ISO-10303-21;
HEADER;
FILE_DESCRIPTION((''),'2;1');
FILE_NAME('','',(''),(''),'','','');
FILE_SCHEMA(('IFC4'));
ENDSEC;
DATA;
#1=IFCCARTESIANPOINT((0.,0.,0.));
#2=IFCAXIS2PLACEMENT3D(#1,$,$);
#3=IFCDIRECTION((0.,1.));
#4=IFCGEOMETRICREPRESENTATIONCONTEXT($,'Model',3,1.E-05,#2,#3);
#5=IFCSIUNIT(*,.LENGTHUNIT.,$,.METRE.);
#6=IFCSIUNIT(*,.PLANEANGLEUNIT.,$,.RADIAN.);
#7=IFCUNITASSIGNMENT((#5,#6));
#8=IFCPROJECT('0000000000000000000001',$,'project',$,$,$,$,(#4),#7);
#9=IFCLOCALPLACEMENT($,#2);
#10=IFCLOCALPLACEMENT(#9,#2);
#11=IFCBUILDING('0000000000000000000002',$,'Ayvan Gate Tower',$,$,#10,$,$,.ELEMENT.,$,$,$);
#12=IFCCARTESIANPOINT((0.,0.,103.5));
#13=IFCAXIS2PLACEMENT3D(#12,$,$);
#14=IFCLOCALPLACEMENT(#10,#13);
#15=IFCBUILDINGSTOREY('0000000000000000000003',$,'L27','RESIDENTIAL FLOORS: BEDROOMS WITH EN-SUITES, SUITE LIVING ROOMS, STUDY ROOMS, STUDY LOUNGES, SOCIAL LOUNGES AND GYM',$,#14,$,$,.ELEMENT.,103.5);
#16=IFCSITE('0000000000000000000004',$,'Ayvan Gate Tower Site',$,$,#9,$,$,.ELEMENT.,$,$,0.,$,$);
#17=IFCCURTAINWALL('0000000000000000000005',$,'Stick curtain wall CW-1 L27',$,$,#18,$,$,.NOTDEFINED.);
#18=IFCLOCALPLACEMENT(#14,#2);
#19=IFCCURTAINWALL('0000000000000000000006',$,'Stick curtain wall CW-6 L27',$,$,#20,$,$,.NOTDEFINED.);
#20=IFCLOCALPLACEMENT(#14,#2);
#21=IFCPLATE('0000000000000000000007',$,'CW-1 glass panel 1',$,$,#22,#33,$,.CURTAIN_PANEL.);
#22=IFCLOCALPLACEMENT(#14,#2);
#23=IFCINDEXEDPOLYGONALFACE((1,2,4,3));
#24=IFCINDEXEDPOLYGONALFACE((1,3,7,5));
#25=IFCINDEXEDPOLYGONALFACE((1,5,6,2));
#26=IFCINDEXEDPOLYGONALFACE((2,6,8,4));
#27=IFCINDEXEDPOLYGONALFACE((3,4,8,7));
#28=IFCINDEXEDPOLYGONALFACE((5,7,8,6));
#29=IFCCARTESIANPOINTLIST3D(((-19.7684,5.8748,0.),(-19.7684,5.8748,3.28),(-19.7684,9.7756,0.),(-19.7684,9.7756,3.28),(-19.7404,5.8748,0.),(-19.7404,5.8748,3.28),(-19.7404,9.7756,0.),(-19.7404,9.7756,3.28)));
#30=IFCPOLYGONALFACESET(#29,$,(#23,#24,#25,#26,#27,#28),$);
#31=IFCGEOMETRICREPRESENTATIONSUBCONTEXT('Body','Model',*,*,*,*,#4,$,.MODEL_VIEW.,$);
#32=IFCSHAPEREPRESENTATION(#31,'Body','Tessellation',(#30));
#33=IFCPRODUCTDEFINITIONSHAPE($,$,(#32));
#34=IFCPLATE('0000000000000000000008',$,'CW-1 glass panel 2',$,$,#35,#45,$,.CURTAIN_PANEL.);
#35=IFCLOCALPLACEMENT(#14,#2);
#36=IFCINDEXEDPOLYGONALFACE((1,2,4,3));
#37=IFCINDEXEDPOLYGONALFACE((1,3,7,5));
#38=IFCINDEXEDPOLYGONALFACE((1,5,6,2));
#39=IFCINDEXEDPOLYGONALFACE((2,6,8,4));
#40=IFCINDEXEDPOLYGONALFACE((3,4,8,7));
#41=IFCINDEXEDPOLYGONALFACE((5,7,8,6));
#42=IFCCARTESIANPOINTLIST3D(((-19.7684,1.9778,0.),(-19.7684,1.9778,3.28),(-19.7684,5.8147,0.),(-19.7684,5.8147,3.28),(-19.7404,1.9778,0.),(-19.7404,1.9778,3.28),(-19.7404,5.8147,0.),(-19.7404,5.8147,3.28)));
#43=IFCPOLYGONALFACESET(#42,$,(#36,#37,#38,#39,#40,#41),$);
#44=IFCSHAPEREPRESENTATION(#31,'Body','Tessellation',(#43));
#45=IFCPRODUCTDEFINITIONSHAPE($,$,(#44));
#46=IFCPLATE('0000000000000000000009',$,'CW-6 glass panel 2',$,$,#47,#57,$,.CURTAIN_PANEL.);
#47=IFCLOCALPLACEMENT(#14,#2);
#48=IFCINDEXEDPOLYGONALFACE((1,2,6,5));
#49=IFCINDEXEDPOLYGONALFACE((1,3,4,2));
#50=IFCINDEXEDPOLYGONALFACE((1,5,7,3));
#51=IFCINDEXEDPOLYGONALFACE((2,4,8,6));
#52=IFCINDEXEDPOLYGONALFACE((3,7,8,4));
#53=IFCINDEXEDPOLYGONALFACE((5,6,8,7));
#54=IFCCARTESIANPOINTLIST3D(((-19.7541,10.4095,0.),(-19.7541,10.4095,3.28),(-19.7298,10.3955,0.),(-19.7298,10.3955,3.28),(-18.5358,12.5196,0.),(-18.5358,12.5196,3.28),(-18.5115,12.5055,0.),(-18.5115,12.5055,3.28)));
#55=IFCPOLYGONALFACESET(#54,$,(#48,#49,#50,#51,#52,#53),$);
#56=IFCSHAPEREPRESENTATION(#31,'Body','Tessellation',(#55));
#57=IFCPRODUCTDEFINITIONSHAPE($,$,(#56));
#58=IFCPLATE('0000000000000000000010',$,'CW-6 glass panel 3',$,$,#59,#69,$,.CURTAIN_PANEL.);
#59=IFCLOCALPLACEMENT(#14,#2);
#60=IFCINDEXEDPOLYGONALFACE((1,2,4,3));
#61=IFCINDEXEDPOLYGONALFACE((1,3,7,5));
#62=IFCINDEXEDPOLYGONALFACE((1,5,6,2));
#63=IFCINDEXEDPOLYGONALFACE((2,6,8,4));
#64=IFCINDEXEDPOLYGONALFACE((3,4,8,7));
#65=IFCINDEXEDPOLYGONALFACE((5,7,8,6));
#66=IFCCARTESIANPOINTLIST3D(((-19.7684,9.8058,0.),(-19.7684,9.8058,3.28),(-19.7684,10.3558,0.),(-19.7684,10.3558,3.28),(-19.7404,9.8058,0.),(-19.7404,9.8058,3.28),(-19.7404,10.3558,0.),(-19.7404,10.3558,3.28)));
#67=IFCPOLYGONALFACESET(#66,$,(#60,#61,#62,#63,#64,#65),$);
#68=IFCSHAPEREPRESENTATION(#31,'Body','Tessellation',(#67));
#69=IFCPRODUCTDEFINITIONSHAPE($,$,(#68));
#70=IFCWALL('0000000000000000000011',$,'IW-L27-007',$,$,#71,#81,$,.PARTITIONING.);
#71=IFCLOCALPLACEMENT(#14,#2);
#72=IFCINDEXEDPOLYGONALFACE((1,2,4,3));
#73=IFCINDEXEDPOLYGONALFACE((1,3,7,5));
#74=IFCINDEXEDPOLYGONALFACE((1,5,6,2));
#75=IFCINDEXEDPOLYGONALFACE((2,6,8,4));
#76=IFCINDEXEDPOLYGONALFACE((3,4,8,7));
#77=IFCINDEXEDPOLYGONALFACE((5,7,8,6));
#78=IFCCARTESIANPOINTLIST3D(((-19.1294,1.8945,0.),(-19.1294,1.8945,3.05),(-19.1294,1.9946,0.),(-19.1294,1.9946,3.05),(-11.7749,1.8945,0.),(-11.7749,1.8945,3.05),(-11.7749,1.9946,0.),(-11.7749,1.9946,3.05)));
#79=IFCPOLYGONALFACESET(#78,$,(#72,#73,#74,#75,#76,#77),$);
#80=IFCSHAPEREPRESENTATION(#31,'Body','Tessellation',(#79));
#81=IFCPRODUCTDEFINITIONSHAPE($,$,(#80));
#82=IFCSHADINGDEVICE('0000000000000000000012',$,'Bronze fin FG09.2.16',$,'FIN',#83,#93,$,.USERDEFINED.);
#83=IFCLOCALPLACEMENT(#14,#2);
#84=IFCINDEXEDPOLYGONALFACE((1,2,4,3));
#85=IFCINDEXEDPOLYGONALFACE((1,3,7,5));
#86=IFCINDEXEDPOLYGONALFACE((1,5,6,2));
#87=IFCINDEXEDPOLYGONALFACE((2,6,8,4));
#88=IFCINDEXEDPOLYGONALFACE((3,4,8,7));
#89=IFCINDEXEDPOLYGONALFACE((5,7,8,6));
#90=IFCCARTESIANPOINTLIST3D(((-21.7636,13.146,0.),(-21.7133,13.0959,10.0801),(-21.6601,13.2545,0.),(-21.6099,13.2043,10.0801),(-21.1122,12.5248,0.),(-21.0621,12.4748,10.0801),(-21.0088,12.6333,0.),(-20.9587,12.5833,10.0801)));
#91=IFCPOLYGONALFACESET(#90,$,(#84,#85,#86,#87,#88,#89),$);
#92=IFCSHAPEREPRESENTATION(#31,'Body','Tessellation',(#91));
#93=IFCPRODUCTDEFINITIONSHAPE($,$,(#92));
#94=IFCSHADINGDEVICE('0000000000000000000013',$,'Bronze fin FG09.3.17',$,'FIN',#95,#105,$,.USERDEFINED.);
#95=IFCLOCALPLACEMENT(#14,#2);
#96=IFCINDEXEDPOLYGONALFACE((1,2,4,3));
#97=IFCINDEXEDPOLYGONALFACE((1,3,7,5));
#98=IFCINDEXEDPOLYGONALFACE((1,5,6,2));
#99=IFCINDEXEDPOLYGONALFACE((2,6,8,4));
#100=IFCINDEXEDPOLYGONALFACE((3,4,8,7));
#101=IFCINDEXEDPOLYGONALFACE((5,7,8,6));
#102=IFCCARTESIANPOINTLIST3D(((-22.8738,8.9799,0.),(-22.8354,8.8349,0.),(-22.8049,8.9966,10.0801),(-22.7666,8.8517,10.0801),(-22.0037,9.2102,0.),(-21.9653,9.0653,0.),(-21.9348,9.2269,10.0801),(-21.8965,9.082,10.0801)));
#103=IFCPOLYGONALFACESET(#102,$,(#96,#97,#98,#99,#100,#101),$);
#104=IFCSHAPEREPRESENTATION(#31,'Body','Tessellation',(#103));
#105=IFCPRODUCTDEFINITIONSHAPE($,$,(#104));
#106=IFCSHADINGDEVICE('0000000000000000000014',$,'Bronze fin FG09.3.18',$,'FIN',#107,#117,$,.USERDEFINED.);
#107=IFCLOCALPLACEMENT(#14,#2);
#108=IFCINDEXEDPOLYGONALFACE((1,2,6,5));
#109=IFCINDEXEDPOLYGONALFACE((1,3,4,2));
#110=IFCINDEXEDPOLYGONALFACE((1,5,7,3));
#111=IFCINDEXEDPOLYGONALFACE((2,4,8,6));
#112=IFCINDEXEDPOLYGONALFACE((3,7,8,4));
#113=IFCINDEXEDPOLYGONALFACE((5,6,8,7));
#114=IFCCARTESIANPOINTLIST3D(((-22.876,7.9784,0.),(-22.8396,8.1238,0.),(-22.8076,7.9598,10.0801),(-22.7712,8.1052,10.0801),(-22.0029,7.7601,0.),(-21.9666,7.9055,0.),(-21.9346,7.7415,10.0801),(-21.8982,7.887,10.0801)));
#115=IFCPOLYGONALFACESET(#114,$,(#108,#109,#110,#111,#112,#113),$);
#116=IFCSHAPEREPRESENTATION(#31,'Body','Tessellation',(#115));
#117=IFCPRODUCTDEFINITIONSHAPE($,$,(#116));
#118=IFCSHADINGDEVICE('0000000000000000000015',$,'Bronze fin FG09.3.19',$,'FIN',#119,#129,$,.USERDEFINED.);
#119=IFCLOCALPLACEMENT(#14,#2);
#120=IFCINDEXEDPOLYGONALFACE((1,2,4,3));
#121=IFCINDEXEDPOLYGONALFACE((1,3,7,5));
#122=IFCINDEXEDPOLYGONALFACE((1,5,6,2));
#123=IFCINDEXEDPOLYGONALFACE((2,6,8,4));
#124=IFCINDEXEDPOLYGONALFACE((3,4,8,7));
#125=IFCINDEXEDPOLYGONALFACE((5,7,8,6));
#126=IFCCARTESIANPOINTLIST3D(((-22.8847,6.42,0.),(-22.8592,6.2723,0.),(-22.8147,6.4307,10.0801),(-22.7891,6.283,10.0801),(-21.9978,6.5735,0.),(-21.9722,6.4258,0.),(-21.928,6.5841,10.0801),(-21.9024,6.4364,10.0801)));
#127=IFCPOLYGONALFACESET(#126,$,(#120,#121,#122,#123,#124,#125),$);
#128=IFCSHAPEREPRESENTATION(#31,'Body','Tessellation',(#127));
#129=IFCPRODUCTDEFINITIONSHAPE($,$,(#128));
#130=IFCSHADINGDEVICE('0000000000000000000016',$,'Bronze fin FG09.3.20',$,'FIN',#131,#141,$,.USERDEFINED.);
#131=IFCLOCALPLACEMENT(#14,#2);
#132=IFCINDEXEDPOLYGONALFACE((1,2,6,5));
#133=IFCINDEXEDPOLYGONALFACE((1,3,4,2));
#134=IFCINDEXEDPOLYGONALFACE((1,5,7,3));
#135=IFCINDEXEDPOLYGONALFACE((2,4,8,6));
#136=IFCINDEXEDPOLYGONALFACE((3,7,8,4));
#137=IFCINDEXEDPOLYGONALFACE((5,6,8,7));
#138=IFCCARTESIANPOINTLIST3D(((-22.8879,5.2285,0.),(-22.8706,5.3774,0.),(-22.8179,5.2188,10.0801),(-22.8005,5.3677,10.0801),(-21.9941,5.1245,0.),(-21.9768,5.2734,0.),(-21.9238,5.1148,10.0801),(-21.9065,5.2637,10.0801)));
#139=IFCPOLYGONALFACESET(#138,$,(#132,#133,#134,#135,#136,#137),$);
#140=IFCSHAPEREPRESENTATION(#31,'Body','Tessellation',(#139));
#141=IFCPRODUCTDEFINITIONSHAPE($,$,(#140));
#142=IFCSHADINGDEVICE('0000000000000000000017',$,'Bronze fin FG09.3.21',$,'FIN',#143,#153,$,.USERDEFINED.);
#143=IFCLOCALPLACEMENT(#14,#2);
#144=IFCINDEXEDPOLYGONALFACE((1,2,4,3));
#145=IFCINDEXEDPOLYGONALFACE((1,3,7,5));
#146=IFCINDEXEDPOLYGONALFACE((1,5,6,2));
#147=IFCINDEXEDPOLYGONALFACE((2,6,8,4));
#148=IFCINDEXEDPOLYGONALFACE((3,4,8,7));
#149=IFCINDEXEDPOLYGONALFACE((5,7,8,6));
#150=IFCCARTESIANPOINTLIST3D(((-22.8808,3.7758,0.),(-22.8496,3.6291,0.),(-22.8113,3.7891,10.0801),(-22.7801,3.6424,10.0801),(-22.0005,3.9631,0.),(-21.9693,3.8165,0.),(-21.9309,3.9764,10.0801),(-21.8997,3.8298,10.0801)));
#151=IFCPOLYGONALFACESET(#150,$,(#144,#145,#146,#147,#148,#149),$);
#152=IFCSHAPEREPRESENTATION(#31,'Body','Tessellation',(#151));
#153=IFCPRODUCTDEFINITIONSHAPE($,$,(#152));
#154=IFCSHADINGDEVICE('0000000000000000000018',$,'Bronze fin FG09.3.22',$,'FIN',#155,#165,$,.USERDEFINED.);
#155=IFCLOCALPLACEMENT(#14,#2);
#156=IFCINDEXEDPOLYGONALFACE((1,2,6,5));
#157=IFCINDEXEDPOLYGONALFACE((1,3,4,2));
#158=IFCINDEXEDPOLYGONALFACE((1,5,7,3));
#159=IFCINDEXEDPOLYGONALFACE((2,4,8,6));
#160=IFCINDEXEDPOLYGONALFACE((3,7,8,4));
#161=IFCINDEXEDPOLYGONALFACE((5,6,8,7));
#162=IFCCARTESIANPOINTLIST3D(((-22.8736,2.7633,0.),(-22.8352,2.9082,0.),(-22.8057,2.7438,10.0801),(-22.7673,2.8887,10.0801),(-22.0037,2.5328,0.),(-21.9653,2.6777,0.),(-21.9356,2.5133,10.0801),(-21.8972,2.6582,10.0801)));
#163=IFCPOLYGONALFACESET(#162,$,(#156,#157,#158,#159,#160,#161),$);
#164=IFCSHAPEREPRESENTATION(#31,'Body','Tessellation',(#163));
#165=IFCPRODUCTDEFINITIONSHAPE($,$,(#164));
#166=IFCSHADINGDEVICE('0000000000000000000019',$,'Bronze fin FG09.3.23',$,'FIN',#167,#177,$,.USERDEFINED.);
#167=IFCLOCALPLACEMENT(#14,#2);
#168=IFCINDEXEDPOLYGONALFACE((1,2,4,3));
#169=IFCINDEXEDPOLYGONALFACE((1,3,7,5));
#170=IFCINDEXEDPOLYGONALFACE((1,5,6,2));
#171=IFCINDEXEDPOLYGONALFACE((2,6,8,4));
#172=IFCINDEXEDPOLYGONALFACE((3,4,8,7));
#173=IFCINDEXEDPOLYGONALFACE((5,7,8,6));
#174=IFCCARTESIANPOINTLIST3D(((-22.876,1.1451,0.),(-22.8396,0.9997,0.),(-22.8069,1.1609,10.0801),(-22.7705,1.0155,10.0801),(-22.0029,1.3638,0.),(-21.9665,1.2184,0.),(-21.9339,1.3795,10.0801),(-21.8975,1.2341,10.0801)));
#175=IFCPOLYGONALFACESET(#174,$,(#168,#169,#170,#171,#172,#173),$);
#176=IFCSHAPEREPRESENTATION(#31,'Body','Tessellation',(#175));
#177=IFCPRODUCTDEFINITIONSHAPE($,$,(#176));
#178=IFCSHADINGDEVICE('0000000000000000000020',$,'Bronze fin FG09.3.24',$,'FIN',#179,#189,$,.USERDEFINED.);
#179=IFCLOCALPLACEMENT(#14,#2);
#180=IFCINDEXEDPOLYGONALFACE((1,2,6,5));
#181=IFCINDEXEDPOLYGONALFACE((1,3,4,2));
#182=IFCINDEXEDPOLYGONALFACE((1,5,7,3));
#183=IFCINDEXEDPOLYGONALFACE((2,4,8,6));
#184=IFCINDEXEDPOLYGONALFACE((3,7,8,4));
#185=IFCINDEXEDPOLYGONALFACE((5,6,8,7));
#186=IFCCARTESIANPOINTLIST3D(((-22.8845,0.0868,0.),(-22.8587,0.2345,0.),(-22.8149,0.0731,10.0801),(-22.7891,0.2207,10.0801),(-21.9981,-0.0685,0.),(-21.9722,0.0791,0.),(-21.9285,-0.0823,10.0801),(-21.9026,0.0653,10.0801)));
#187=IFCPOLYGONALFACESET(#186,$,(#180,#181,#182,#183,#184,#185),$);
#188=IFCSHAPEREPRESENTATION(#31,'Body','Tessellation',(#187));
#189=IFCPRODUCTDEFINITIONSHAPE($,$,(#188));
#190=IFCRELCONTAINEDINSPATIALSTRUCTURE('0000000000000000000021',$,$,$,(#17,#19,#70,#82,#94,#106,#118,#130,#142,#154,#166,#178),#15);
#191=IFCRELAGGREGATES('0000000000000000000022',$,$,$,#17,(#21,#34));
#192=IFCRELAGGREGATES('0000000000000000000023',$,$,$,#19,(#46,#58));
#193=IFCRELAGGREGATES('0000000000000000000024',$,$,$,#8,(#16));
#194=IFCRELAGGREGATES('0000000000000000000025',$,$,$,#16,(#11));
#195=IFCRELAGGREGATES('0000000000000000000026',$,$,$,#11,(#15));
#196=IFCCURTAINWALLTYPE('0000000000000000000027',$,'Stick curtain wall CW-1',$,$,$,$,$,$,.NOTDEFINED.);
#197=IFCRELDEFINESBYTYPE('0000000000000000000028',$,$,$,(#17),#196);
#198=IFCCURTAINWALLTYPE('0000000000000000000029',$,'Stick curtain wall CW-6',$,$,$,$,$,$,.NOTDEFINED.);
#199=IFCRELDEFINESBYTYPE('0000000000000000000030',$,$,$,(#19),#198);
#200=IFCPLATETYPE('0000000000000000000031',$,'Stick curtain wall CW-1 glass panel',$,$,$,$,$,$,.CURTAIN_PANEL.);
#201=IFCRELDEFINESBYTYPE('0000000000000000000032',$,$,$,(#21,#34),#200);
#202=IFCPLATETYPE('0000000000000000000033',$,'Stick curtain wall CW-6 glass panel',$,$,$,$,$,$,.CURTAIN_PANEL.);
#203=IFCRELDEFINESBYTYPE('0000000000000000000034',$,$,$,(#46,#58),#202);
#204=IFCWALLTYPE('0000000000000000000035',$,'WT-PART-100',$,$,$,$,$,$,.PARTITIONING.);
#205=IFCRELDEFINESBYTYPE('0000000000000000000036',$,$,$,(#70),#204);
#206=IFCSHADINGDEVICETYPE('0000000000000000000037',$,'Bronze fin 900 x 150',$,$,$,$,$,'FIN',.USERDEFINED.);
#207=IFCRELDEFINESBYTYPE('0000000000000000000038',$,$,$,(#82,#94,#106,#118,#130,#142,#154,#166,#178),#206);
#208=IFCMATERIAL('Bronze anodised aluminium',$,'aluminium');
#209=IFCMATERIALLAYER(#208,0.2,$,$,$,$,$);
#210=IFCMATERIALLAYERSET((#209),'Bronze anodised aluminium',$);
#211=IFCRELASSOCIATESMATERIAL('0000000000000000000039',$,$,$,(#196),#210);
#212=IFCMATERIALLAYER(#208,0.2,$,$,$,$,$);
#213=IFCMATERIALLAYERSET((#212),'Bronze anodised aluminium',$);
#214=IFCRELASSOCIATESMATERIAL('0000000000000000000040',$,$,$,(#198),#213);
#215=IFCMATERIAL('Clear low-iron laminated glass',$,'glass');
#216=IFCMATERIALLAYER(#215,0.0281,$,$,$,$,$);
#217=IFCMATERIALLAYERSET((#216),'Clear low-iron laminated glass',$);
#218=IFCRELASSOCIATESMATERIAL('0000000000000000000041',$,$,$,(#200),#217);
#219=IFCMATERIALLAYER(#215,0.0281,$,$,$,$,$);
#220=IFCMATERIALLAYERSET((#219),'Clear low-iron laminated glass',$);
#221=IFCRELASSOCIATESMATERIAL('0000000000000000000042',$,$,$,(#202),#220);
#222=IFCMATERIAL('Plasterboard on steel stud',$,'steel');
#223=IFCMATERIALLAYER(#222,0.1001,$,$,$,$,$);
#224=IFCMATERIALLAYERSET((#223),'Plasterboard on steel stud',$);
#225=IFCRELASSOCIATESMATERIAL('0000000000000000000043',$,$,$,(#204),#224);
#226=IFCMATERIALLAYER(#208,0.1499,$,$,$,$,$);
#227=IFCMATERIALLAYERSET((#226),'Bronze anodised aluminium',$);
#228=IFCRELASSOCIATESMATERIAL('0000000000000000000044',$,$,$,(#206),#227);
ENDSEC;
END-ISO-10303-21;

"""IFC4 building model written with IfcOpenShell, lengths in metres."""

from ifc_helpers import new_model, si_unit, direction, frame, frame_2d, origin, origin_2d, place, context, subcontext, project, spatial, polyline, rectangle, outline, extrude, material, layer, layer_set, type_object, element, aggregate, save


model = new_model("IFC4")

# Units and contexts
model_context = context("Model", 3, precision=1e-05, world=origin(), true_north=direction((0.0, 1.0)))
body_context = subcontext(model_context, "Body", "Model", "MODEL_VIEW")
ifc_project = project(units=[si_unit("LENGTHUNIT", "METRE"), si_unit("PLANEANGLEUNIT", "RADIAN")], contexts=[model_context])

# Site, building, storey
site_placement = place(None, origin())
site = spatial("IfcSite", under=ifc_project, at=site_placement, Name="Ayvan Gate Tower Site", CompositionType="ELEMENT", RefElevation=0.0)
building_placement = place(site_placement, origin())
building = spatial("IfcBuilding", under=site, at=building_placement, Name="Ayvan Gate Tower", CompositionType="ELEMENT")
storey_placement = place(building_placement, frame((0.0, 0.0, 103.5)))
storey = spatial("IfcBuildingStorey", under=building, at=storey_placement, Name="L27", Description="RESIDENTIAL FLOORS: BEDROOMS WITH EN-SUITES, SUITE LIVING ROOMS, STUDY ROOMS, STUDY LOUNGES, SOCIAL LOUNGES AND GYM", CompositionType="ELEMENT", Elevation=103.5)

# Curtain walls
ifc_material_1 = material(Name="Bronze anodised aluminium", Category="aluminium")
ifc_layer_1 = layer(ifc_material_1, 0.2)
ifc_layer_set_1 = layer_set([ifc_layer_1], Name="Bronze anodised aluminium")
curtain_wall_type_1 = type_object("IfcCurtainWallType", Name="Stick curtain wall CW-1", PredefinedType="NOTDEFINED", material=ifc_layer_set_1)
curtain_wall_1_placement = place(storey_placement, origin())
curtain_wall_1 = element("IfcCurtainWall", 1, at=curtain_wall_1_placement, inside=storey, type_object=curtain_wall_type_1, Name="Stick curtain wall CW-1 L27", PredefinedType="NOTDEFINED")
ifc_layer_2 = layer(ifc_material_1, 0.2)
ifc_layer_set_2 = layer_set([ifc_layer_2], Name="Bronze anodised aluminium")
curtain_wall_type_2 = type_object("IfcCurtainWallType", Name="Stick curtain wall CW-6", PredefinedType="NOTDEFINED", material=ifc_layer_set_2)
curtain_wall_2_placement = place(storey_placement, origin())
curtain_wall_2 = element("IfcCurtainWall", 2, at=curtain_wall_2_placement, inside=storey, type_object=curtain_wall_type_2, Name="Stick curtain wall CW-6 L27", PredefinedType="NOTDEFINED")

# Plates
ifc_material_2 = material(Name="Clear low-iron laminated glass", Category="glass")
ifc_layer_3 = layer(ifc_material_2, 0.0281)
ifc_layer_set_3 = layer_set([ifc_layer_3], Name="Clear low-iron laminated glass")
plate_type_1 = type_object("IfcPlateType", Name="Stick curtain wall CW-1 glass panel", PredefinedType="CURTAIN_PANEL", material=ifc_layer_set_3)
plate_1_placement = place(storey_placement, frame((-19.7544, 7.8252, 0.0), z_axis=(0.0, 0.0, 1.0), x_axis=(0.0, -1.0, 0.0)))
plate_1 = element("IfcPlate", 3, at=plate_1_placement, type_object=plate_type_1, Name="CW-1 glass panel 1", PredefinedType="CURTAIN_PANEL", context=body_context, shape_type="SweptSolid", body=[
    extrude(rectangle(XDim=3.9009, YDim=0.0281, at=origin_2d()), origin(), (0.0, 0.0, 1.0), 3.28),
])
plate_2_placement = place(storey_placement, frame((-19.7544, 3.8962, 0.0), z_axis=(0.0, 0.0, 1.0), x_axis=(0.0, -1.0, 0.0)))
plate_2 = element("IfcPlate", 4, at=plate_2_placement, type_object=plate_type_1, Name="CW-1 glass panel 2", PredefinedType="CURTAIN_PANEL", context=body_context, shape_type="SweptSolid", body=[
    extrude(rectangle(XDim=3.8369, YDim=0.0281, at=origin_2d()), origin(), (0.0, 0.0, 1.0), 3.28),
])
aggregate(curtain_wall_1, [plate_1, plate_2])
ifc_layer_4 = layer(ifc_material_2, 0.0281)
ifc_layer_set_4 = layer_set([ifc_layer_4], Name="Clear low-iron laminated glass")
plate_type_2 = type_object("IfcPlateType", Name="Stick curtain wall CW-6 glass panel", PredefinedType="CURTAIN_PANEL", material=ifc_layer_set_4)
plate_3_placement = place(storey_placement, frame((-19.1328, 11.4575, 0.0), z_axis=(0.0, 0.0, 1.0), x_axis=(-0.5, -0.866025, 0.0)))
plate_3 = element("IfcPlate", 5, at=plate_3_placement, type_object=plate_type_2, Name="CW-6 glass panel 2", PredefinedType="CURTAIN_PANEL", context=body_context, shape_type="SweptSolid", body=[
    extrude(rectangle(XDim=2.4365, YDim=0.0281, at=origin_2d()), origin(), (0.0, 0.0, 1.0), 3.28),
])
plate_4_placement = place(storey_placement, frame((-19.7544, 10.0808, 0.0), z_axis=(0.0, 0.0, 1.0), x_axis=(0.0, -1.0, 0.0)))
plate_4 = element("IfcPlate", 6, at=plate_4_placement, type_object=plate_type_2, Name="CW-6 glass panel 3", PredefinedType="CURTAIN_PANEL", context=body_context, shape_type="SweptSolid", body=[
    extrude(rectangle(XDim=0.55, YDim=0.0281, at=origin_2d()), origin(), (0.0, 0.0, 1.0), 3.28),
])
aggregate(curtain_wall_2, [plate_3, plate_4])

# Wall
ifc_material_3 = material(Name="Plasterboard on steel stud", Category="steel")
ifc_layer_5 = layer(ifc_material_3, 0.1001)
ifc_layer_set_5 = layer_set([ifc_layer_5], Name="Plasterboard on steel stud")
wall_type = type_object("IfcWallType", Name="WT-PART-100", PredefinedType="PARTITIONING", material=ifc_layer_set_5)
wall_placement = place(storey_placement, frame((-19.1294, 1.9446, 0.0), z_axis=(0.0, 0.0, 1.0), x_axis=(1.0, 0.0, 0.0)))
element("IfcWall", 7, at=wall_placement, inside=storey, type_object=wall_type, Name="IW-L27-007", PredefinedType="PARTITIONING", context=body_context, shape_type="SweptSolid", body=[
    extrude(rectangle(XDim=7.3545, YDim=0.1001, at=frame_2d((3.6772, 0.0))), origin(), (0.0, 0.0, 1.0), 3.05),
])

# Shading devices
ifc_layer_6 = layer(ifc_material_1, 0.1499)
ifc_layer_set_6 = layer_set([ifc_layer_6], Name="Bronze anodised aluminium")
shading_device_type = type_object("IfcShadingDeviceType", Name="Bronze fin 900 x 150", ElementType="FIN", PredefinedType="USERDEFINED", material=ifc_layer_set_6)
shading_device_1_placement = place(storey_placement, frame((-21.0088, 12.6333, 0.0), z_axis=(0.690156, 0.72366, 0.000158), x_axis=(-0.72366, 0.690156, 0.0)))
element("IfcShadingDevice", 8, at=shading_device_1_placement, inside=storey, type_object=shading_device_type, Name="Bronze fin FG09.2.16", ObjectType="FIN", PredefinedType="USERDEFINED", context=body_context, shape_type="SweptSolid", body=[
    extrude(outline(polyline([(0.0, 0.0), (0.9, 0.0), (0.8291, 10.0801), (-0.0708, 10.0801), (0.0, 0.0)])), origin(), (0.0, 0.0, -1.0), 0.1499),
])
shading_device_2_placement = place(storey_placement, frame((-22.0037, 9.2102, 0.0), z_axis=(-0.255915, 0.966699, 0.000144), x_axis=(-0.966699, -0.255915, 0.0)))
element("IfcShadingDevice", 9, at=shading_device_2_placement, inside=storey, type_object=shading_device_type, Name="Bronze fin FG09.3.17", ObjectType="FIN", PredefinedType="USERDEFINED", context=body_context, shape_type="SweptSolid", body=[
    extrude(outline(polyline([(0.0, 0.0), (0.9001, 0.0), (0.8293, 10.0801), (-0.0708, 10.0801), (0.0, 0.0)])), origin(), (0.0, 0.0, -1.0), 0.1499),
])
shading_device_3_placement = place(storey_placement, frame((-21.9666, 7.9055, 0.0), z_axis=(0.242536, 0.970142, 0.000141), x_axis=(-0.970143, 0.242536, 0.0)))
element("IfcShadingDevice", 10, at=shading_device_3_placement, inside=storey, type_object=shading_device_type, Name="Bronze fin FG09.3.18", ObjectType="FIN", PredefinedType="USERDEFINED", context=body_context, shape_type="SweptSolid", body=[
    extrude(outline(polyline([(0.0, 0.0), (0.8999, 0.0), (0.8291, 10.0801), (-0.0708, 10.0801), (0.0, 0.0)])), origin(), (0.0, 0.0, -1.0), 0.1499),
])
shading_device_4_placement = place(storey_placement, frame((-21.9978, 6.5735, 0.0), z_axis=(-0.170488, 0.98536, 0.000145), x_axis=(-0.98536, -0.170488, 0.0)))
element("IfcShadingDevice", 11, at=shading_device_4_placement, inside=storey, type_object=shading_device_type, Name="Bronze fin FG09.3.19", ObjectType="FIN", PredefinedType="USERDEFINED", context=body_context, shape_type="SweptSolid", body=[
    extrude(outline(polyline([(0.0, 0.0), (0.9001, 0.0), (0.8293, 10.0801), (-0.0706, 10.0801), (0.0, 0.0)])), origin(), (0.0, 0.0, -1.0), 0.1499),
])
shading_device_5_placement = place(storey_placement, frame((-21.9768, 5.2734, 0.0), z_axis=(0.115566, 0.9933, 0.000158), x_axis=(-0.9933, 0.115566, 0.0)))
element("IfcShadingDevice", 12, at=shading_device_5_placement, inside=storey, type_object=shading_device_type, Name="Bronze fin FG09.3.20", ObjectType="FIN", PredefinedType="USERDEFINED", context=body_context, shape_type="SweptSolid", body=[
    extrude(outline(polyline([(0.0, 0.0), (0.8998, 0.0), (0.8291, 10.0801), (-0.071, 10.0801), (0.0, 0.0)])), origin(), (0.0, 0.0, -1.0), 0.1499),
])
shading_device_6_placement = place(storey_placement, frame((-22.0005, 3.9631, 0.0), z_axis=(-0.208177, 0.978091, 0.000146), x_axis=(-0.978091, -0.208177, 0.0)))
element("IfcShadingDevice", 13, at=shading_device_6_placement, inside=storey, type_object=shading_device_type, Name="Bronze fin FG09.3.21", ObjectType="FIN", PredefinedType="USERDEFINED", context=body_context, shape_type="SweptSolid", body=[
    extrude(outline(polyline([(0.0, 0.0), (0.9001, 0.0), (0.8293, 10.0801), (-0.0709, 10.0801), (0.0, 0.0)])), origin(), (0.0, 0.0, -1.0), 0.1499),
])
shading_device_7_placement = place(storey_placement, frame((-21.9653, 2.6777, 0.0), z_axis=(0.256075, 0.966657, 0.000146), x_axis=(-0.966657, 0.256075, 0.0)))
element("IfcShadingDevice", 14, at=shading_device_7_placement, inside=storey, type_object=shading_device_type, Name="Bronze fin FG09.3.22", ObjectType="FIN", PredefinedType="USERDEFINED", context=body_context, shape_type="SweptSolid", body=[
    extrude(outline(polyline([(0.0, 0.0), (0.8999, 0.0), (0.8293, 10.0801), (-0.0708, 10.0801), (0.0, 0.0)])), origin(), (0.0, 0.0, -1.0), 0.1499),
])
shading_device_8_placement = place(storey_placement, frame((-22.0029, 1.3638, 0.0), z_axis=(-0.242919, 0.970047, 0.00015), x_axis=(-0.970047, -0.242919, 0.0)))
element("IfcShadingDevice", 15, at=shading_device_8_placement, inside=storey, type_object=shading_device_type, Name="Bronze fin FG09.3.23", ObjectType="FIN", PredefinedType="USERDEFINED", context=body_context, shape_type="SweptSolid", body=[
    extrude(outline(polyline([(0.0, 0.0), (0.9, 0.0), (0.8292, 10.0801), (-0.0708, 10.0801), (0.0, 0.0)])), origin(), (0.0, 0.0, -1.0), 0.1499),
])
shading_device_9_placement = place(storey_placement, frame((-21.9722, 0.0791, 0.0), z_axis=(0.172663, 0.984981, 0.000156), x_axis=(-0.984981, 0.172663, 0.0)))
element("IfcShadingDevice", 16, at=shading_device_9_placement, inside=storey, type_object=shading_device_type, Name="Bronze fin FG09.3.24", ObjectType="FIN", PredefinedType="USERDEFINED", context=body_context, shape_type="SweptSolid", body=[
    extrude(outline(polyline([(0.0, 0.0), (0.9, 0.0), (0.8291, 10.0801), (-0.0709, 10.0801), (0.0, 0.0)])), origin(), (0.0, 0.0, -1.0), 0.1499),
])

save(model, "model.ifc")
